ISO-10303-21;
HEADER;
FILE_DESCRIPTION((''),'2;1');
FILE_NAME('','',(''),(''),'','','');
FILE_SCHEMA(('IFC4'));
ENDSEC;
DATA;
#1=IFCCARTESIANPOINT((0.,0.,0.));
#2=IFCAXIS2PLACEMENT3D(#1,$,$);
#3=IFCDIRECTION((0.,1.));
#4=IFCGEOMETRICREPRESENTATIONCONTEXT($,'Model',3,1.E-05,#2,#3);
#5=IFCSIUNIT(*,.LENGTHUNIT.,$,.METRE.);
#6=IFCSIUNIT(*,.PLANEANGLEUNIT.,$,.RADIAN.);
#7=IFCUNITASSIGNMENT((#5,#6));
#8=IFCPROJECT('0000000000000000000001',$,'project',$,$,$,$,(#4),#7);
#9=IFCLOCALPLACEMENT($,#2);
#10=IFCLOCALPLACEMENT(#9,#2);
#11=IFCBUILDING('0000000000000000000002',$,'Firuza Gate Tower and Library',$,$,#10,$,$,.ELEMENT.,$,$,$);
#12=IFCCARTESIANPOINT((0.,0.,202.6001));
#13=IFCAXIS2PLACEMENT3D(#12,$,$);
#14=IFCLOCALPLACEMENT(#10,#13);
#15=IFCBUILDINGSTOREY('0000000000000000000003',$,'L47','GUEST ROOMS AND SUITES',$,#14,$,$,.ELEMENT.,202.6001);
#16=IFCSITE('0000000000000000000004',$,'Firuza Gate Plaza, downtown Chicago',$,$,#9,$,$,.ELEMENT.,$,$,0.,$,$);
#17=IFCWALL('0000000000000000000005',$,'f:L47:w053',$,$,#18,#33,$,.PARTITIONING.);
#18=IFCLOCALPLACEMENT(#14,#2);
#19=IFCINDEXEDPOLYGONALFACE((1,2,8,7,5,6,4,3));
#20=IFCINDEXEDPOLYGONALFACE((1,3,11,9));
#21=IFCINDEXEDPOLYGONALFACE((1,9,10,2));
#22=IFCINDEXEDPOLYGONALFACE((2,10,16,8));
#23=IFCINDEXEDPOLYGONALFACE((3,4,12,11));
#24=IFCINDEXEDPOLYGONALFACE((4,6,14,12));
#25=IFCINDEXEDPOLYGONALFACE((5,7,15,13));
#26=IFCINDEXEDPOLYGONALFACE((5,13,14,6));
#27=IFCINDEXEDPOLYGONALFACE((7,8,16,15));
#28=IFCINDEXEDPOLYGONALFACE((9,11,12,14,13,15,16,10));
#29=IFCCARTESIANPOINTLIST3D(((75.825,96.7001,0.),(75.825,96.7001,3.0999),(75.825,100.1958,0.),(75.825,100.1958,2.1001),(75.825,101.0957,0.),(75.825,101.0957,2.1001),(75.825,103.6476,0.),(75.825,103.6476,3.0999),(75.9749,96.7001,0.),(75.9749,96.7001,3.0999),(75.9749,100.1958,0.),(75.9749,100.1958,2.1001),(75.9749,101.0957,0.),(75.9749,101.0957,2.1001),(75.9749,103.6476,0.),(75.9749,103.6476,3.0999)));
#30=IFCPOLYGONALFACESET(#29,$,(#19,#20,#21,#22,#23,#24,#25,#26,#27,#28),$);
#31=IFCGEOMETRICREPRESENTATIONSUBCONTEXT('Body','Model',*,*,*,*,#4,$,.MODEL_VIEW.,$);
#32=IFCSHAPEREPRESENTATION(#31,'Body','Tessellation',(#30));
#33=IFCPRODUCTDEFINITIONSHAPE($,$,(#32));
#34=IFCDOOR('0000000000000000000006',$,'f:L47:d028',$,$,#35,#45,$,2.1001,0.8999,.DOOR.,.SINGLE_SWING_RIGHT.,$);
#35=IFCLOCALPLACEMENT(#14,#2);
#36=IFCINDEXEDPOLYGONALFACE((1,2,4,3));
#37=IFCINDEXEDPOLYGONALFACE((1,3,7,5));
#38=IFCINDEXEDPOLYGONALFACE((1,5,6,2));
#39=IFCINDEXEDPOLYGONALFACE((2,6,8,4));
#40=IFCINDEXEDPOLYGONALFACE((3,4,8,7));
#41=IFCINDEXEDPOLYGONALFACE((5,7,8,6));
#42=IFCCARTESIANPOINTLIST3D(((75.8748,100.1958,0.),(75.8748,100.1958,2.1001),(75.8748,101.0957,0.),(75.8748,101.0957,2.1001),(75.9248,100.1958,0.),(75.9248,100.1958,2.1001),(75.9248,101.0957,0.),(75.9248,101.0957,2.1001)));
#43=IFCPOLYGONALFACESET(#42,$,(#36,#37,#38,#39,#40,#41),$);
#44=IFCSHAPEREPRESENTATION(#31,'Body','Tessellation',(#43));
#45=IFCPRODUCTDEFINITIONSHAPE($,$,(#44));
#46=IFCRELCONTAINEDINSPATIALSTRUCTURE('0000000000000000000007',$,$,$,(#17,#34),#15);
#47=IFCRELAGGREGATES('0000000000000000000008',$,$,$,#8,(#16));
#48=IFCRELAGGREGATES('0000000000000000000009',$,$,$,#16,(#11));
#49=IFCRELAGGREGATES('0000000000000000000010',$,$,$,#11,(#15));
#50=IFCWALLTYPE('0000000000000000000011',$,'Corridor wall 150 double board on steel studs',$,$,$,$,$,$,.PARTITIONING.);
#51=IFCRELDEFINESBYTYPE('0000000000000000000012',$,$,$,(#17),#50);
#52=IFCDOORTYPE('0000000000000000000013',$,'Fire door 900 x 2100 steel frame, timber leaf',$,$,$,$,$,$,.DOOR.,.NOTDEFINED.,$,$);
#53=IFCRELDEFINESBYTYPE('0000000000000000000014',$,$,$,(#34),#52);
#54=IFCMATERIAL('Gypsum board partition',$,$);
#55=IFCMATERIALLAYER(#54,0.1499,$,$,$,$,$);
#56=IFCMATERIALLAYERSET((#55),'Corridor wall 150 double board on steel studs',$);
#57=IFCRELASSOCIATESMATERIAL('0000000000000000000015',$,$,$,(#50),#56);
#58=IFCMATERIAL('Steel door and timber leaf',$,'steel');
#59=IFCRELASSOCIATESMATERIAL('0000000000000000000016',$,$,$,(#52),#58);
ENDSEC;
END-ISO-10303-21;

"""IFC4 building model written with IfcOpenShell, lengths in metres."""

from ifc_helpers import new_model, si_unit, direction, frame, frame_2d, origin, place, context, subcontext, project, spatial, rectangle, extrude, material, layer, layer_set, type_object, element, fill, save


model = new_model("IFC4")

# Units and contexts
model_context = context("Model", 3, precision=1e-05, world=origin(), true_north=direction((0.0, 1.0)))
body_context = subcontext(model_context, "Body", "Model", "MODEL_VIEW")
ifc_project = project(units=[si_unit("LENGTHUNIT", "METRE"), si_unit("PLANEANGLEUNIT", "RADIAN")], contexts=[model_context])

# Site, building, storey
site_placement = place(None, origin())
site = spatial("IfcSite", under=ifc_project, at=site_placement, Name="Firuza Gate Plaza, downtown Chicago", CompositionType="ELEMENT", RefElevation=0.0)
building_placement = place(site_placement, origin())
building = spatial("IfcBuilding", under=site, at=building_placement, Name="Firuza Gate Tower and Library", CompositionType="ELEMENT")
storey_placement = place(building_placement, frame((0.0, 0.0, 202.6001)))
storey = spatial("IfcBuildingStorey", under=building, at=storey_placement, Name="L47", Description="GUEST ROOMS AND SUITES", CompositionType="ELEMENT", Elevation=202.6001)

# Wall, opening, door
ifc_material_1 = material(Name="Gypsum board partition")
ifc_layer_1 = layer(ifc_material_1, 0.1499)
ifc_layer_set_1 = layer_set([ifc_layer_1], Name="Corridor wall 150 double board on steel studs")
wall_type = type_object("IfcWallType", Name="Corridor wall 150 double board on steel studs", PredefinedType="PARTITIONING", material=ifc_layer_set_1)
wall_placement = place(storey_placement, frame((75.8999, 103.6475, 0.0), z_axis=(0.0, 0.0, 1.0), x_axis=(0.0, -1.0, 0.0)))
wall = element("IfcWall", 1, at=wall_placement, inside=storey, type_object=wall_type, Name="f:L47:w053", PredefinedType="PARTITIONING", context=body_context, shape_type="SweptSolid", body=[
    extrude(rectangle(XDim=6.9475, YDim=0.1499, at=frame_2d((3.4736, 0.0))), origin(), (0.0, 0.0, 1.0), 3.0999),
])
opening_placement = place(wall_placement, frame((2.5518, 0.0, 0.0)))
opening = element("IfcOpeningElement", 2, at=opening_placement, cuts=wall, PredefinedType="OPENING", context=body_context, shape_type="SweptSolid", body=[
    extrude(rectangle(XDim=0.8999, YDim=2.1001, at=frame_2d((0.45, 1.05))), frame((0.0, 0.085, 0.0), z_axis=(0.0, -1.0, 0.0), x_axis=(1.0, 0.0, 0.0)), (0.0, 0.0, 1.0), 0.1699),
])
ifc_material_2 = material(Name="Steel door and timber leaf", Category="steel")
door_type = type_object("IfcDoorType", Name="Fire door 900 x 2100 steel frame, timber leaf", OperationType="NOTDEFINED", PredefinedType="DOOR", material=ifc_material_2)
door_placement = place(opening_placement, origin())
door = element("IfcDoor", 3, at=door_placement, inside=storey, type_object=door_type, Name="f:L47:d028", OperationType="SINGLE_SWING_RIGHT", OverallHeight=2.1001, OverallWidth=0.8999, PredefinedType="DOOR", context=body_context, shape_type="SweptSolid", body=[
    extrude(rectangle(XDim=0.8999, YDim=2.1001, at=frame_2d((0.45, 1.05))), frame((0.0, 0.0249, 0.0), z_axis=(0.0, -1.0, 0.0), x_axis=(1.0, 0.0, 0.0)), (0.0, 0.0, 1.0), 0.05),
])
fill(opening, door)

save(model, "model.ifc")
